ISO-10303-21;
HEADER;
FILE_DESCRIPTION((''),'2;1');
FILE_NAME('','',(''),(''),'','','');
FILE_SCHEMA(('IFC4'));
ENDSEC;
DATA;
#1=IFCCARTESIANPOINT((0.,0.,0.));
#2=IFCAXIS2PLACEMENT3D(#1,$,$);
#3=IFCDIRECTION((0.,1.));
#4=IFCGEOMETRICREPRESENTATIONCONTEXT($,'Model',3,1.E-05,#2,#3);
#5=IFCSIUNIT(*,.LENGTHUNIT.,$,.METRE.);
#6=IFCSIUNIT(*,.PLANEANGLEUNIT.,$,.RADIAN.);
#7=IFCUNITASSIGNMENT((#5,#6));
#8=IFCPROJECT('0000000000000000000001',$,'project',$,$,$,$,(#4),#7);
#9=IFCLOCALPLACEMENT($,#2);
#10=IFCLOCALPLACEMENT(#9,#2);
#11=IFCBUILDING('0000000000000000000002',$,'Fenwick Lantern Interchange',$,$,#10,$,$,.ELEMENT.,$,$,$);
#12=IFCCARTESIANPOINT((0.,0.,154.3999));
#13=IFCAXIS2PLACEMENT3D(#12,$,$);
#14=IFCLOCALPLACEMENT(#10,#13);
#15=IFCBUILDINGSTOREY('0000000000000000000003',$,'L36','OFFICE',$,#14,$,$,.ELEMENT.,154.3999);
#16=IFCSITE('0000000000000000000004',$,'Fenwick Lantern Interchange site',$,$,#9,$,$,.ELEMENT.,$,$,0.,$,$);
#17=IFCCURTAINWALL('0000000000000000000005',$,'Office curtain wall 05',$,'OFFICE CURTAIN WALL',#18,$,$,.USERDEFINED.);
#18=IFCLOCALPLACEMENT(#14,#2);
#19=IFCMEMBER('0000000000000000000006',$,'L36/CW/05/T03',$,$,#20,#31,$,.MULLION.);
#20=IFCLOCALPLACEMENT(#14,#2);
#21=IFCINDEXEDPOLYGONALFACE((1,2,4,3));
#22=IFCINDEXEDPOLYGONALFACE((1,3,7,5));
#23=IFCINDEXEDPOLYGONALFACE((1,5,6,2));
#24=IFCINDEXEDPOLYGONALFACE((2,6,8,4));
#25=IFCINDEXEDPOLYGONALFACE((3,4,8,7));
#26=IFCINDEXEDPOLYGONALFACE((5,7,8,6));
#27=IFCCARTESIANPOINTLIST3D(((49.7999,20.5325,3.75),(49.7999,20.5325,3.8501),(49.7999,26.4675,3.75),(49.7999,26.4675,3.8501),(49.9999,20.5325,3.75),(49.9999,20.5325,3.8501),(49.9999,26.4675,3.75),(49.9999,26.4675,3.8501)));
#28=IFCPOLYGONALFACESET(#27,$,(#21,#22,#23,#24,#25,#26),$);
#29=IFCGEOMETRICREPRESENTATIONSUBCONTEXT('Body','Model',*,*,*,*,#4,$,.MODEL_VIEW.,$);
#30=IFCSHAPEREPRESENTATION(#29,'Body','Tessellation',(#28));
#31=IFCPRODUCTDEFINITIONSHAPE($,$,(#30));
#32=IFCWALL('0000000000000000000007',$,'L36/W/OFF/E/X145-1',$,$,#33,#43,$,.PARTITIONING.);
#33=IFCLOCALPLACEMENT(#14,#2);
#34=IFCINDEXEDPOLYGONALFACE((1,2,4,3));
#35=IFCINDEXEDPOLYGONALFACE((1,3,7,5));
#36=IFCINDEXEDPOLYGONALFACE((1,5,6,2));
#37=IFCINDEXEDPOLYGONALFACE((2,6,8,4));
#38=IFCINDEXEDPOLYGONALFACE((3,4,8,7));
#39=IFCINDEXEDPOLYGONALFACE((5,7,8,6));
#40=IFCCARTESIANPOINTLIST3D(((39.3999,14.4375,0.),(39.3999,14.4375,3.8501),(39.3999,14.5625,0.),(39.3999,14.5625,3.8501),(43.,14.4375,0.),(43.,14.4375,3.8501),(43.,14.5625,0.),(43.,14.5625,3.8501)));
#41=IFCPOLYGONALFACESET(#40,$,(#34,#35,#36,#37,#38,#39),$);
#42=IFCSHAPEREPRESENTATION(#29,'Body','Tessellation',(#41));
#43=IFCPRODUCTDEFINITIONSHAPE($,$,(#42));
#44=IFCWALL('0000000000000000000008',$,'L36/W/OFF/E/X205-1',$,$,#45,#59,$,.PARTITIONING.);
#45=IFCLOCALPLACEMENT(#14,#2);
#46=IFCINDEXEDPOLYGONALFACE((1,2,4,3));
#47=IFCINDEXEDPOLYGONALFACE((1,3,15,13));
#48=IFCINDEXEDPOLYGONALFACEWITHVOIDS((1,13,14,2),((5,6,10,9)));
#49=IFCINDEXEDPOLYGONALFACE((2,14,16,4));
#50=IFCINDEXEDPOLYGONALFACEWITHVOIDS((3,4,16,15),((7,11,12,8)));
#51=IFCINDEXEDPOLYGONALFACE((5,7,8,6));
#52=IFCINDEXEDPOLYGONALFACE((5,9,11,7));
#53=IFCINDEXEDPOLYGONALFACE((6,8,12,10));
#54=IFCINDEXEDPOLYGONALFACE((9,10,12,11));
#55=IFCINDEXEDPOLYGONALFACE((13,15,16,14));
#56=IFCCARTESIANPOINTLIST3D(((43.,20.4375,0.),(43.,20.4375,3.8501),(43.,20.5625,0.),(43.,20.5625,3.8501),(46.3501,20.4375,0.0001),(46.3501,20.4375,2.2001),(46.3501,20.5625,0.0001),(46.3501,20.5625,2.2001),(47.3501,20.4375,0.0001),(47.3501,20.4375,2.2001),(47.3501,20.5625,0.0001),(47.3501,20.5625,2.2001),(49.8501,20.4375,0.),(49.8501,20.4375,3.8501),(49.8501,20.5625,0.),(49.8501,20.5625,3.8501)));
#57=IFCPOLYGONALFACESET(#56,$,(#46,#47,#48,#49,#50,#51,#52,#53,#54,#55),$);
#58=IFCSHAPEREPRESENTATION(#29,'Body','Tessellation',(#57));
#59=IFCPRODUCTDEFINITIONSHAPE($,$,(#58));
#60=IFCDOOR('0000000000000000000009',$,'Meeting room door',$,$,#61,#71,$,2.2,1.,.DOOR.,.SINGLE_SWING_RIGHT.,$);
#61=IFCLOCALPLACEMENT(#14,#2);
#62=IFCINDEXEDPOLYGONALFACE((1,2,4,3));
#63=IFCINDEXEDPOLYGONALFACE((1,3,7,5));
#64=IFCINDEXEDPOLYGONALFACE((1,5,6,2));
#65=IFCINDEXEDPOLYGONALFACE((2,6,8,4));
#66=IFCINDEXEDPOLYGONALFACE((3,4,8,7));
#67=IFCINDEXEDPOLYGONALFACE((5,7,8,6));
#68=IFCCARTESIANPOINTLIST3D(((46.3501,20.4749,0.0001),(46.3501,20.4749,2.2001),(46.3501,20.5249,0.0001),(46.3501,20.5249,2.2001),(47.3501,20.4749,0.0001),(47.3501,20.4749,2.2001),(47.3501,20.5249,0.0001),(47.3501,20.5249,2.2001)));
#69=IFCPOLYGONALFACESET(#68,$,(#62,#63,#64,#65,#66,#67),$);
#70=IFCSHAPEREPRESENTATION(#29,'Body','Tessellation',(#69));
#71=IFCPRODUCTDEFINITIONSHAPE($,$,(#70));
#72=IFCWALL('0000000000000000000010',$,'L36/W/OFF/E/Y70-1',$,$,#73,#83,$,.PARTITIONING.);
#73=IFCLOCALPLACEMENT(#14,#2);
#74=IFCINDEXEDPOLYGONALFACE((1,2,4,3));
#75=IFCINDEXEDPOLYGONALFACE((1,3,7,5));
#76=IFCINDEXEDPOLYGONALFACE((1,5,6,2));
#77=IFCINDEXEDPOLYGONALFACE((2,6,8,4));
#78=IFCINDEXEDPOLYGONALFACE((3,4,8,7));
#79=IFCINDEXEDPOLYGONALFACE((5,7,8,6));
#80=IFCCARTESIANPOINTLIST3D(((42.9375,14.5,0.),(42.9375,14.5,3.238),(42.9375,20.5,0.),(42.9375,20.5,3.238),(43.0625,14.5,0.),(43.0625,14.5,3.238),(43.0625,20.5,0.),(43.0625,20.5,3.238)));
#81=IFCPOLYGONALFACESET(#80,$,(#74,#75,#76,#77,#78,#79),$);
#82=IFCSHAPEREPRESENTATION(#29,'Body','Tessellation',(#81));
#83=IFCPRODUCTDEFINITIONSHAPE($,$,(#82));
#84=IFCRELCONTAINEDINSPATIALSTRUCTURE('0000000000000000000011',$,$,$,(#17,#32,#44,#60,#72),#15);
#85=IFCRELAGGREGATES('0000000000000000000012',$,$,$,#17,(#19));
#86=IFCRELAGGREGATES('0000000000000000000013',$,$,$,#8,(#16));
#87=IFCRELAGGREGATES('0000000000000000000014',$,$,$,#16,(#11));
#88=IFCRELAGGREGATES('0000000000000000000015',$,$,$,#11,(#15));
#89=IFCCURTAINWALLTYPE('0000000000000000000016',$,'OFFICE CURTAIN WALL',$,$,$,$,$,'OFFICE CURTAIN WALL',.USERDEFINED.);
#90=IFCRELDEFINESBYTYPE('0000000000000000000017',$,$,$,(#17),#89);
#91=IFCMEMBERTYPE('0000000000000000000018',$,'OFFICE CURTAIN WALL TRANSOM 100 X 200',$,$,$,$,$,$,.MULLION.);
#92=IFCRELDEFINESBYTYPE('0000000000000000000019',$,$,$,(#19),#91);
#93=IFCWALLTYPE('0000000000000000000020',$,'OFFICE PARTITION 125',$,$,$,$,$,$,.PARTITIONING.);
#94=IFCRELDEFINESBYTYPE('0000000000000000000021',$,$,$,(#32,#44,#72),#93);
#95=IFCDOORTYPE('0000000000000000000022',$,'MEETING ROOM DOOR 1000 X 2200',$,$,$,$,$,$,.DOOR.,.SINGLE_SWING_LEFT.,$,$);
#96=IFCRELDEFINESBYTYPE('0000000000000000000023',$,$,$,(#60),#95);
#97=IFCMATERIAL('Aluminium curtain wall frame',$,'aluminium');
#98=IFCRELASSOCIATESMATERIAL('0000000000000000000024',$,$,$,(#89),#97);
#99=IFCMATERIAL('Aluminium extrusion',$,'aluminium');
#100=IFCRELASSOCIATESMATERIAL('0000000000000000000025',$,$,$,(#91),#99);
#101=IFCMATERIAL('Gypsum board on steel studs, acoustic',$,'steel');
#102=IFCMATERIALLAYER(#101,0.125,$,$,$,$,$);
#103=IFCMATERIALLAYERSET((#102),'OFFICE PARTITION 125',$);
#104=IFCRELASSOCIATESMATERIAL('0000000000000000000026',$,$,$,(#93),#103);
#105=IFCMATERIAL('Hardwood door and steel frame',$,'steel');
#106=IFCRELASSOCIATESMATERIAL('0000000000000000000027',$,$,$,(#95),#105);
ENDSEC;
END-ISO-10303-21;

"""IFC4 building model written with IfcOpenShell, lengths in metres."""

from ifc_helpers import new_model, si_unit, direction, frame, frame_2d, origin, origin_2d, place, context, subcontext, project, spatial, rectangle, extrude, material, layer, layer_set, material_profile, profile_set, type_object, element, fill, aggregate, save


model = new_model("IFC4")

# Units and contexts
model_context = context("Model", 3, precision=1e-05, world=origin(), true_north=direction((0.0, 1.0)))
body_context = subcontext(model_context, "Body", "Model", "MODEL_VIEW")
ifc_project = project(units=[si_unit("LENGTHUNIT", "METRE"), si_unit("PLANEANGLEUNIT", "RADIAN")], contexts=[model_context])

# Site, building, storey
site_placement = place(None, origin())
site = spatial("IfcSite", under=ifc_project, at=site_placement, Name="Fenwick Lantern Interchange site", CompositionType="ELEMENT", RefElevation=0.0)
building_placement = place(site_placement, origin())
building = spatial("IfcBuilding", under=site, at=building_placement, Name="Fenwick Lantern Interchange", CompositionType="ELEMENT")
storey_placement = place(building_placement, frame((0.0, 0.0, 154.3999)))
storey = spatial("IfcBuildingStorey", under=building, at=storey_placement, Name="L36", Description="OFFICE", CompositionType="ELEMENT", Elevation=154.3999)

# Curtain wall, member
ifc_material_1 = material(Name="Aluminium curtain wall frame", Category="aluminium")
curtain_wall_type = type_object("IfcCurtainWallType", Name="OFFICE CURTAIN WALL", ElementType="OFFICE CURTAIN WALL", PredefinedType="USERDEFINED", material=ifc_material_1)
curtain_wall_placement = place(storey_placement, origin())
curtain_wall = element("IfcCurtainWall", 1, at=curtain_wall_placement, inside=storey, type_object=curtain_wall_type, Name="Office curtain wall 05", ObjectType="OFFICE CURTAIN WALL", PredefinedType="USERDEFINED")
ifc_material_2 = material(Name="Aluminium extrusion", Category="aluminium")
ifc_material_profile_1 = material_profile(ifc_material_2, rectangle(XDim=0.2, YDim=0.1001, at=origin_2d()), Name="OFFICE CURTAIN WALL TRANSOM 100 X 200")
ifc_profile_set_1 = profile_set([ifc_material_profile_1], Name="Aluminium extrusion")
member_type_1 = type_object("IfcMemberType", Name="OFFICE CURTAIN WALL TRANSOM 100 X 200", PredefinedType="MULLION", material=ifc_profile_set_1)
member_1_placement = place(storey_placement, frame((49.8999, 20.5325, 3.8), z_axis=(0.0, 1.0, 0.0), x_axis=(-1.0, 0.0, 0.0)))
member_1 = element("IfcMember", 2, at=member_1_placement, type_object=member_type_1, Name="L36/CW/05/T03", PredefinedType="MULLION", context=body_context, shape_type="SweptSolid", body=[
    extrude(rectangle(XDim=0.2, YDim=0.1001, at=origin_2d()), origin(), (0.0, 0.0, 1.0), 5.9351),
])
aggregate(curtain_wall, [member_1])

# Wall
ifc_material_3 = material(Name="Gypsum board on steel studs, acoustic", Category="steel")
ifc_layer_1 = layer(ifc_material_3, 0.125)
ifc_layer_set_1 = layer_set([ifc_layer_1], Name="OFFICE PARTITION 125")
wall_type = type_object("IfcWallType", Name="OFFICE PARTITION 125", PredefinedType="PARTITIONING", material=ifc_layer_set_1)
wall_1_placement = place(storey_placement, frame((43.0, 14.5, 0.0), z_axis=(0.0, 0.0, 1.0), x_axis=(-1.0, 0.0, 0.0)))
element("IfcWall", 3, at=wall_1_placement, inside=storey, type_object=wall_type, Name="L36/W/OFF/E/X145-1", PredefinedType="PARTITIONING", context=body_context, shape_type="SweptSolid", body=[
    extrude(rectangle(XDim=3.6001, YDim=0.125, at=frame_2d((1.8, 0.0))), origin(), (0.0, 0.0, 1.0), 3.8501),
])

# Wall, opening, door
wall_2_placement = place(storey_placement, frame((49.8501, 20.5, 0.0), z_axis=(0.0, 0.0, 1.0), x_axis=(-1.0, 0.0, 0.0)))
wall_2 = element("IfcWall", 4, at=wall_2_placement, inside=storey, type_object=wall_type, Name="L36/W/OFF/E/X205-1", PredefinedType="PARTITIONING", context=body_context, shape_type="SweptSolid", body=[
    extrude(rectangle(XDim=6.8501, YDim=0.125, at=frame_2d((3.425, 0.0))), origin(), (0.0, 0.0, 1.0), 3.8501),
])
opening_placement = place(wall_2_placement, frame((2.5, 0.0, 0.0)))
opening = element("IfcOpeningElement", 5, at=opening_placement, cuts=wall_2, PredefinedType="OPENING", context=body_context, shape_type="SweptSolid", body=[
    extrude(rectangle(XDim=1.0, YDim=2.2, at=frame_2d((0.5, 1.1001))), frame((0.0, 0.0725, 0.0), z_axis=(0.0, -1.0, 0.0), x_axis=(1.0, 0.0, 0.0)), (0.0, 0.0, 1.0), 0.145),
])
ifc_material_4 = material(Name="Hardwood door and steel frame", Category="steel")
door_type = type_object("IfcDoorType", Name="MEETING ROOM DOOR 1000 X 2200", OperationType="SINGLE_SWING_LEFT", PredefinedType="DOOR", material=ifc_material_4)
door_placement = place(opening_placement, frame((1.0, 0.0, 0.0), z_axis=(0.0, 0.0, 1.0), x_axis=(-1.0, 0.0, 0.0)))
door = element("IfcDoor", 6, at=door_placement, inside=storey, type_object=door_type, Name="Meeting room door", OperationType="SINGLE_SWING_RIGHT", OverallHeight=2.2, OverallWidth=1.0, PredefinedType="DOOR", context=body_context, shape_type="SweptSolid", body=[
    extrude(rectangle(XDim=1.0, YDim=2.2, at=frame_2d((0.5, 1.1001))), frame((0.0, 0.0249, 0.0), z_axis=(0.0, -1.0, 0.0), x_axis=(1.0, 0.0, 0.0)), (0.0, 0.0, 1.0), 0.05),
])
fill(opening, door)

# Wall
wall_3_placement = place(storey_placement, frame((43.0, 14.5, 0.0), z_axis=(0.0, 0.0, 1.0), x_axis=(0.0, 1.0, 0.0)))
element("IfcWall", 7, at=wall_3_placement, inside=storey, type_object=wall_type, Name="L36/W/OFF/E/Y70-1", PredefinedType="PARTITIONING", context=body_context, shape_type="SweptSolid", body=[
    extrude(rectangle(XDim=6.0, YDim=0.125, at=frame_2d((3.0, 0.0))), origin(), (0.0, 0.0, 1.0), 3.238),
])

save(model, "model.ifc")
